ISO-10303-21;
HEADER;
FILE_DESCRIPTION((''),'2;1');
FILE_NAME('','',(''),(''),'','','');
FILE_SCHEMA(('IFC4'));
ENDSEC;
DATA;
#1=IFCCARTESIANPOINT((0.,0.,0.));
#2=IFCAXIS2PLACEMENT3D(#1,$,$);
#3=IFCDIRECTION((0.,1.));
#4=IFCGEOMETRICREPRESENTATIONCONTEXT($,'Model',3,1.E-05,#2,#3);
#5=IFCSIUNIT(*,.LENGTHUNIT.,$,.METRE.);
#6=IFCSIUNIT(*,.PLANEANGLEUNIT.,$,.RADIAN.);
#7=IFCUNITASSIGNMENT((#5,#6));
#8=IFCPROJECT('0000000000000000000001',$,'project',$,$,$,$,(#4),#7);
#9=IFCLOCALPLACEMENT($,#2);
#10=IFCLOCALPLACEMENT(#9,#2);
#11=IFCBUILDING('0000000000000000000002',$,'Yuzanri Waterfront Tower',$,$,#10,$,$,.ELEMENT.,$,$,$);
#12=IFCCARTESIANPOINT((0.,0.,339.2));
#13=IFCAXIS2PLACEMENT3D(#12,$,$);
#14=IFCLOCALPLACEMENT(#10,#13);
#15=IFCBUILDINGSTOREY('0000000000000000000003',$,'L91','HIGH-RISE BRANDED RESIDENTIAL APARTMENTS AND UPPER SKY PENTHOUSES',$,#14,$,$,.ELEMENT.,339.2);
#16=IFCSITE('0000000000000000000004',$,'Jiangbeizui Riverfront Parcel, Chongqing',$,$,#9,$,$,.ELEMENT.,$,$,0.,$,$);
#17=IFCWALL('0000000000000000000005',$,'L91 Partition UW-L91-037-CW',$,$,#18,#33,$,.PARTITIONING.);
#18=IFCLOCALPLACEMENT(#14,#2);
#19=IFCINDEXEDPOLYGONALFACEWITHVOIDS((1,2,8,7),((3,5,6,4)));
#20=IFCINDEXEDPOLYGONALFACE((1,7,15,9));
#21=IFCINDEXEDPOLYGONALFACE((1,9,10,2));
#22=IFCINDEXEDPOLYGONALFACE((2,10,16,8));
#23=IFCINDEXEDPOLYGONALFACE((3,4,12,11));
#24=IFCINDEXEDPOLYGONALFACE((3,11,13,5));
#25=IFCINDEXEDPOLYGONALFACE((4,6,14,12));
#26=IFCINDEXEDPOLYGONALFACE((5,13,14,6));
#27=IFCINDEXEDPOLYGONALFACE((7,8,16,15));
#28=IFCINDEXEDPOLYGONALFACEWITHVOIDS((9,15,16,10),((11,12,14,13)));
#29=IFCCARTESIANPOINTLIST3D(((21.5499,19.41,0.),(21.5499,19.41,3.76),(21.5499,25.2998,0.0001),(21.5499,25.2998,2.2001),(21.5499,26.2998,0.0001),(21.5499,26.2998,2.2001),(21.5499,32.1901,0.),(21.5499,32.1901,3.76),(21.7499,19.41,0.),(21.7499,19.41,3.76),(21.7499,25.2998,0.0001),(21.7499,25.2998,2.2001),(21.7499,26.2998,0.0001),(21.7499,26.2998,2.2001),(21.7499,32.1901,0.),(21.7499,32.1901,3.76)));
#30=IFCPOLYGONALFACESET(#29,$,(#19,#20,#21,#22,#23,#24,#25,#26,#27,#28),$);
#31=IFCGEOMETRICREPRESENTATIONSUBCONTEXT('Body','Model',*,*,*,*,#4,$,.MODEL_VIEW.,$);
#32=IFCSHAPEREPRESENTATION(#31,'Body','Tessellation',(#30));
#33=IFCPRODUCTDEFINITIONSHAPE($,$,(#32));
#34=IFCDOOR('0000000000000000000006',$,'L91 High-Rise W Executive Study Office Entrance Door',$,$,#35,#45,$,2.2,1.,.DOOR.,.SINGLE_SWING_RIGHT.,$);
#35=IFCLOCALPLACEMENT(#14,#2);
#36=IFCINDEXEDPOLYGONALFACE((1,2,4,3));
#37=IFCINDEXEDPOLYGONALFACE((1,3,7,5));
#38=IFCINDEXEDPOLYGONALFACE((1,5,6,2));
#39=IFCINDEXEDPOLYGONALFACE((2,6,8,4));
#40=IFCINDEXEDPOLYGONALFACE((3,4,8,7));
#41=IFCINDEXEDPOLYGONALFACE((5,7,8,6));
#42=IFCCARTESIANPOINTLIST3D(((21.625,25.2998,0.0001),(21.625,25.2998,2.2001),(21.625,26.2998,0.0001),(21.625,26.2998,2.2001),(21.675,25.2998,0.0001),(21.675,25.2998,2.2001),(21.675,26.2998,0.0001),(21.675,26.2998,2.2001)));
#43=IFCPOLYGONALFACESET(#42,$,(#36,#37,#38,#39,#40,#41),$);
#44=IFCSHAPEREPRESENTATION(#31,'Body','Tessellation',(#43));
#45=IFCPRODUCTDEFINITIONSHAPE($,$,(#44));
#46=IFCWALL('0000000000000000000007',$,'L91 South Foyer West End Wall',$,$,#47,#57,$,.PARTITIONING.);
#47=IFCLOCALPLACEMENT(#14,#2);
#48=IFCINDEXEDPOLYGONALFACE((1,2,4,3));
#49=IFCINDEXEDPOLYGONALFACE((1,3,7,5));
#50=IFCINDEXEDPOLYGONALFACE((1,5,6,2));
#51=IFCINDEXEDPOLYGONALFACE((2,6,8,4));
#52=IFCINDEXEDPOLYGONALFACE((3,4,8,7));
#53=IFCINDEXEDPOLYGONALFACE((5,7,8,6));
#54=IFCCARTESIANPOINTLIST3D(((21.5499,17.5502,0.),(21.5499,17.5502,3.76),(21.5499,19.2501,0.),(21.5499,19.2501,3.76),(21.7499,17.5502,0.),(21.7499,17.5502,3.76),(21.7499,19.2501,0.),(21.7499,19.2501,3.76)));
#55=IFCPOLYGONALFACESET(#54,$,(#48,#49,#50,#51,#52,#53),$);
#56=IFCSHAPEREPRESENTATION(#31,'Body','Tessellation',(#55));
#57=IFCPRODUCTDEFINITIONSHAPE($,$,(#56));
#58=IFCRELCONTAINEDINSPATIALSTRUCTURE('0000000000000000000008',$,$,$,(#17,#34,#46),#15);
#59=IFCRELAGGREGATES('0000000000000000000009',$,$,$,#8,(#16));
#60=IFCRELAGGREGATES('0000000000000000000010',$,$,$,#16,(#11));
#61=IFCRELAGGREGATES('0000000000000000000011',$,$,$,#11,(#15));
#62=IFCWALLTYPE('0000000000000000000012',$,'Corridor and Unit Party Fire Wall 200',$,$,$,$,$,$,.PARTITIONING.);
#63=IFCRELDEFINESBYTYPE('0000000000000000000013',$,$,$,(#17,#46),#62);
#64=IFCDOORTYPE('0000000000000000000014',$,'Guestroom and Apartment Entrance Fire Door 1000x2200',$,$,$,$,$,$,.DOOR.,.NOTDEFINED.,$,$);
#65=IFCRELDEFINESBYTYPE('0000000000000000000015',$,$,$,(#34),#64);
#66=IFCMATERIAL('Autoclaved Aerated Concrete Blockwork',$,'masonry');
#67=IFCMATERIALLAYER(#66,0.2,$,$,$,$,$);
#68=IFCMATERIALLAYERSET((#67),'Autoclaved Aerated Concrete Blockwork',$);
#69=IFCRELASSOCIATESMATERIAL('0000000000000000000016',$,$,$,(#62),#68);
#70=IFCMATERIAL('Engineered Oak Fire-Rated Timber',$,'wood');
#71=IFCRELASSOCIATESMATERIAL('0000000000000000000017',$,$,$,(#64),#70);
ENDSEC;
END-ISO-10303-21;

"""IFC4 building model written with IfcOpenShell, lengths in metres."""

from ifc_helpers import new_model, si_unit, direction, frame, frame_2d, origin, place, context, subcontext, project, spatial, rectangle, extrude, source, transform, mapped, material, layer, layer_set, type_object, element, fill, save


model = new_model("IFC4")

# Units and contexts
model_context = context("Model", 3, precision=1e-05, world=origin(), true_north=direction((0.0, 1.0)))
body_context = subcontext(model_context, "Body", "Model", "MODEL_VIEW")
ifc_project = project(units=[si_unit("LENGTHUNIT", "METRE"), si_unit("PLANEANGLEUNIT", "RADIAN")], contexts=[model_context])

# Site, building, storey
site_placement = place(None, origin())
site = spatial("IfcSite", under=ifc_project, at=site_placement, Name="Jiangbeizui Riverfront Parcel, Chongqing", CompositionType="ELEMENT", RefElevation=0.0)
building_placement = place(site_placement, origin())
building = spatial("IfcBuilding", under=site, at=building_placement, Name="Yuzanri Waterfront Tower", CompositionType="ELEMENT")
storey_placement = place(building_placement, frame((0.0, 0.0, 339.2)))
storey = spatial("IfcBuildingStorey", under=building, at=storey_placement, Name="L91", Description="HIGH-RISE BRANDED RESIDENTIAL APARTMENTS AND UPPER SKY PENTHOUSES", CompositionType="ELEMENT", Elevation=339.2)

# Wall, opening, door
ifc_material_1 = material(Name="Autoclaved Aerated Concrete Blockwork", Category="masonry")
ifc_layer_1 = layer(ifc_material_1, 0.2)
ifc_layer_set_1 = layer_set([ifc_layer_1], Name="Autoclaved Aerated Concrete Blockwork")
wall_type_1 = type_object("IfcWallType", Name="Corridor and Unit Party Fire Wall 200", PredefinedType="PARTITIONING", material=ifc_layer_set_1)
ifc_material_2 = material(Name="Engineered Oak Fire-Rated Timber", Category="wood")
door_type_1 = type_object("IfcDoorType", Name="Guestroom and Apartment Entrance Fire Door 1000x2200", OperationType="NOTDEFINED", PredefinedType="DOOR", material=ifc_material_2)
shared_shape_1 = source(origin(), body_context, "Body", "SweptSolid", [
    extrude(rectangle(XDim=1.0, YDim=2.2, at=frame_2d((0.5, 1.1001))), frame((0.0, 0.0249, 0.0), z_axis=(0.0, -1.0, 0.0), x_axis=(1.0, 0.0, 0.0)), (0.0, 0.0, 1.0), 0.05),
])
wall_1_placement = place(storey_placement, frame((21.6499, 19.4099, 0.0), z_axis=(0.0, 0.0, 1.0), x_axis=(0.0, 1.0, 0.0)))
wall_1 = element("IfcWall", 1, at=wall_1_placement, inside=storey, type_object=wall_type_1, Name="L91 Partition UW-L91-037-CW", PredefinedType="PARTITIONING", context=body_context, shape_type="SweptSolid", body=[
    extrude(rectangle(XDim=12.78, YDim=0.2, at=frame_2d((6.3901, 0.0))), origin(), (0.0, 0.0, 1.0), 3.76),
])
opening_1_placement = place(wall_1_placement, frame((5.8899, 0.0, 0.0)))
opening_1 = element("IfcOpeningElement", 2, at=opening_1_placement, cuts=wall_1, PredefinedType="OPENING", context=body_context, shape_type="SweptSolid", body=[
    extrude(rectangle(XDim=1.0, YDim=2.2, at=frame_2d((0.5, 1.1001))), frame((0.0, 0.1147, 0.0), z_axis=(0.0, -1.0, 0.0), x_axis=(1.0, 0.0, 0.0)), (0.0, 0.0, 1.0), 0.2297),
])
door_1_placement = place(opening_1_placement, origin())
door_1 = element("IfcDoor", 3, at=door_1_placement, inside=storey, type_object=door_type_1, Name="L91 High-Rise W Executive Study Office Entrance Door", OperationType="SINGLE_SWING_RIGHT", OverallHeight=2.2, OverallWidth=1.0, PredefinedType="DOOR", context=body_context, shape_type="MappedRepresentation", body=[
    mapped(shared_shape_1, transform((0.0, 0.0, 0.0), scale=1.0)),
])
fill(opening_1, door_1)

# Wall
shared_shape_2 = source(origin(), body_context, "Body", "SweptSolid", [
    extrude(rectangle(XDim=1.7, YDim=0.2, at=frame_2d((0.8501, 0.0))), origin(), (0.0, 0.0, 1.0), 3.76),
])
wall_2_placement = place(storey_placement, frame((21.6499, 17.55, 0.0), z_axis=(0.0, 0.0, 1.0), x_axis=(0.0, 1.0, 0.0)))
element("IfcWall", 4, at=wall_2_placement, inside=storey, type_object=wall_type_1, Name="L91 South Foyer West End Wall", PredefinedType="PARTITIONING", context=body_context, shape_type="MappedRepresentation", body=[
    mapped(shared_shape_2, transform((0.0, 0.0, 0.0), scale=1.0)),
])

save(model, "model.ifc")
